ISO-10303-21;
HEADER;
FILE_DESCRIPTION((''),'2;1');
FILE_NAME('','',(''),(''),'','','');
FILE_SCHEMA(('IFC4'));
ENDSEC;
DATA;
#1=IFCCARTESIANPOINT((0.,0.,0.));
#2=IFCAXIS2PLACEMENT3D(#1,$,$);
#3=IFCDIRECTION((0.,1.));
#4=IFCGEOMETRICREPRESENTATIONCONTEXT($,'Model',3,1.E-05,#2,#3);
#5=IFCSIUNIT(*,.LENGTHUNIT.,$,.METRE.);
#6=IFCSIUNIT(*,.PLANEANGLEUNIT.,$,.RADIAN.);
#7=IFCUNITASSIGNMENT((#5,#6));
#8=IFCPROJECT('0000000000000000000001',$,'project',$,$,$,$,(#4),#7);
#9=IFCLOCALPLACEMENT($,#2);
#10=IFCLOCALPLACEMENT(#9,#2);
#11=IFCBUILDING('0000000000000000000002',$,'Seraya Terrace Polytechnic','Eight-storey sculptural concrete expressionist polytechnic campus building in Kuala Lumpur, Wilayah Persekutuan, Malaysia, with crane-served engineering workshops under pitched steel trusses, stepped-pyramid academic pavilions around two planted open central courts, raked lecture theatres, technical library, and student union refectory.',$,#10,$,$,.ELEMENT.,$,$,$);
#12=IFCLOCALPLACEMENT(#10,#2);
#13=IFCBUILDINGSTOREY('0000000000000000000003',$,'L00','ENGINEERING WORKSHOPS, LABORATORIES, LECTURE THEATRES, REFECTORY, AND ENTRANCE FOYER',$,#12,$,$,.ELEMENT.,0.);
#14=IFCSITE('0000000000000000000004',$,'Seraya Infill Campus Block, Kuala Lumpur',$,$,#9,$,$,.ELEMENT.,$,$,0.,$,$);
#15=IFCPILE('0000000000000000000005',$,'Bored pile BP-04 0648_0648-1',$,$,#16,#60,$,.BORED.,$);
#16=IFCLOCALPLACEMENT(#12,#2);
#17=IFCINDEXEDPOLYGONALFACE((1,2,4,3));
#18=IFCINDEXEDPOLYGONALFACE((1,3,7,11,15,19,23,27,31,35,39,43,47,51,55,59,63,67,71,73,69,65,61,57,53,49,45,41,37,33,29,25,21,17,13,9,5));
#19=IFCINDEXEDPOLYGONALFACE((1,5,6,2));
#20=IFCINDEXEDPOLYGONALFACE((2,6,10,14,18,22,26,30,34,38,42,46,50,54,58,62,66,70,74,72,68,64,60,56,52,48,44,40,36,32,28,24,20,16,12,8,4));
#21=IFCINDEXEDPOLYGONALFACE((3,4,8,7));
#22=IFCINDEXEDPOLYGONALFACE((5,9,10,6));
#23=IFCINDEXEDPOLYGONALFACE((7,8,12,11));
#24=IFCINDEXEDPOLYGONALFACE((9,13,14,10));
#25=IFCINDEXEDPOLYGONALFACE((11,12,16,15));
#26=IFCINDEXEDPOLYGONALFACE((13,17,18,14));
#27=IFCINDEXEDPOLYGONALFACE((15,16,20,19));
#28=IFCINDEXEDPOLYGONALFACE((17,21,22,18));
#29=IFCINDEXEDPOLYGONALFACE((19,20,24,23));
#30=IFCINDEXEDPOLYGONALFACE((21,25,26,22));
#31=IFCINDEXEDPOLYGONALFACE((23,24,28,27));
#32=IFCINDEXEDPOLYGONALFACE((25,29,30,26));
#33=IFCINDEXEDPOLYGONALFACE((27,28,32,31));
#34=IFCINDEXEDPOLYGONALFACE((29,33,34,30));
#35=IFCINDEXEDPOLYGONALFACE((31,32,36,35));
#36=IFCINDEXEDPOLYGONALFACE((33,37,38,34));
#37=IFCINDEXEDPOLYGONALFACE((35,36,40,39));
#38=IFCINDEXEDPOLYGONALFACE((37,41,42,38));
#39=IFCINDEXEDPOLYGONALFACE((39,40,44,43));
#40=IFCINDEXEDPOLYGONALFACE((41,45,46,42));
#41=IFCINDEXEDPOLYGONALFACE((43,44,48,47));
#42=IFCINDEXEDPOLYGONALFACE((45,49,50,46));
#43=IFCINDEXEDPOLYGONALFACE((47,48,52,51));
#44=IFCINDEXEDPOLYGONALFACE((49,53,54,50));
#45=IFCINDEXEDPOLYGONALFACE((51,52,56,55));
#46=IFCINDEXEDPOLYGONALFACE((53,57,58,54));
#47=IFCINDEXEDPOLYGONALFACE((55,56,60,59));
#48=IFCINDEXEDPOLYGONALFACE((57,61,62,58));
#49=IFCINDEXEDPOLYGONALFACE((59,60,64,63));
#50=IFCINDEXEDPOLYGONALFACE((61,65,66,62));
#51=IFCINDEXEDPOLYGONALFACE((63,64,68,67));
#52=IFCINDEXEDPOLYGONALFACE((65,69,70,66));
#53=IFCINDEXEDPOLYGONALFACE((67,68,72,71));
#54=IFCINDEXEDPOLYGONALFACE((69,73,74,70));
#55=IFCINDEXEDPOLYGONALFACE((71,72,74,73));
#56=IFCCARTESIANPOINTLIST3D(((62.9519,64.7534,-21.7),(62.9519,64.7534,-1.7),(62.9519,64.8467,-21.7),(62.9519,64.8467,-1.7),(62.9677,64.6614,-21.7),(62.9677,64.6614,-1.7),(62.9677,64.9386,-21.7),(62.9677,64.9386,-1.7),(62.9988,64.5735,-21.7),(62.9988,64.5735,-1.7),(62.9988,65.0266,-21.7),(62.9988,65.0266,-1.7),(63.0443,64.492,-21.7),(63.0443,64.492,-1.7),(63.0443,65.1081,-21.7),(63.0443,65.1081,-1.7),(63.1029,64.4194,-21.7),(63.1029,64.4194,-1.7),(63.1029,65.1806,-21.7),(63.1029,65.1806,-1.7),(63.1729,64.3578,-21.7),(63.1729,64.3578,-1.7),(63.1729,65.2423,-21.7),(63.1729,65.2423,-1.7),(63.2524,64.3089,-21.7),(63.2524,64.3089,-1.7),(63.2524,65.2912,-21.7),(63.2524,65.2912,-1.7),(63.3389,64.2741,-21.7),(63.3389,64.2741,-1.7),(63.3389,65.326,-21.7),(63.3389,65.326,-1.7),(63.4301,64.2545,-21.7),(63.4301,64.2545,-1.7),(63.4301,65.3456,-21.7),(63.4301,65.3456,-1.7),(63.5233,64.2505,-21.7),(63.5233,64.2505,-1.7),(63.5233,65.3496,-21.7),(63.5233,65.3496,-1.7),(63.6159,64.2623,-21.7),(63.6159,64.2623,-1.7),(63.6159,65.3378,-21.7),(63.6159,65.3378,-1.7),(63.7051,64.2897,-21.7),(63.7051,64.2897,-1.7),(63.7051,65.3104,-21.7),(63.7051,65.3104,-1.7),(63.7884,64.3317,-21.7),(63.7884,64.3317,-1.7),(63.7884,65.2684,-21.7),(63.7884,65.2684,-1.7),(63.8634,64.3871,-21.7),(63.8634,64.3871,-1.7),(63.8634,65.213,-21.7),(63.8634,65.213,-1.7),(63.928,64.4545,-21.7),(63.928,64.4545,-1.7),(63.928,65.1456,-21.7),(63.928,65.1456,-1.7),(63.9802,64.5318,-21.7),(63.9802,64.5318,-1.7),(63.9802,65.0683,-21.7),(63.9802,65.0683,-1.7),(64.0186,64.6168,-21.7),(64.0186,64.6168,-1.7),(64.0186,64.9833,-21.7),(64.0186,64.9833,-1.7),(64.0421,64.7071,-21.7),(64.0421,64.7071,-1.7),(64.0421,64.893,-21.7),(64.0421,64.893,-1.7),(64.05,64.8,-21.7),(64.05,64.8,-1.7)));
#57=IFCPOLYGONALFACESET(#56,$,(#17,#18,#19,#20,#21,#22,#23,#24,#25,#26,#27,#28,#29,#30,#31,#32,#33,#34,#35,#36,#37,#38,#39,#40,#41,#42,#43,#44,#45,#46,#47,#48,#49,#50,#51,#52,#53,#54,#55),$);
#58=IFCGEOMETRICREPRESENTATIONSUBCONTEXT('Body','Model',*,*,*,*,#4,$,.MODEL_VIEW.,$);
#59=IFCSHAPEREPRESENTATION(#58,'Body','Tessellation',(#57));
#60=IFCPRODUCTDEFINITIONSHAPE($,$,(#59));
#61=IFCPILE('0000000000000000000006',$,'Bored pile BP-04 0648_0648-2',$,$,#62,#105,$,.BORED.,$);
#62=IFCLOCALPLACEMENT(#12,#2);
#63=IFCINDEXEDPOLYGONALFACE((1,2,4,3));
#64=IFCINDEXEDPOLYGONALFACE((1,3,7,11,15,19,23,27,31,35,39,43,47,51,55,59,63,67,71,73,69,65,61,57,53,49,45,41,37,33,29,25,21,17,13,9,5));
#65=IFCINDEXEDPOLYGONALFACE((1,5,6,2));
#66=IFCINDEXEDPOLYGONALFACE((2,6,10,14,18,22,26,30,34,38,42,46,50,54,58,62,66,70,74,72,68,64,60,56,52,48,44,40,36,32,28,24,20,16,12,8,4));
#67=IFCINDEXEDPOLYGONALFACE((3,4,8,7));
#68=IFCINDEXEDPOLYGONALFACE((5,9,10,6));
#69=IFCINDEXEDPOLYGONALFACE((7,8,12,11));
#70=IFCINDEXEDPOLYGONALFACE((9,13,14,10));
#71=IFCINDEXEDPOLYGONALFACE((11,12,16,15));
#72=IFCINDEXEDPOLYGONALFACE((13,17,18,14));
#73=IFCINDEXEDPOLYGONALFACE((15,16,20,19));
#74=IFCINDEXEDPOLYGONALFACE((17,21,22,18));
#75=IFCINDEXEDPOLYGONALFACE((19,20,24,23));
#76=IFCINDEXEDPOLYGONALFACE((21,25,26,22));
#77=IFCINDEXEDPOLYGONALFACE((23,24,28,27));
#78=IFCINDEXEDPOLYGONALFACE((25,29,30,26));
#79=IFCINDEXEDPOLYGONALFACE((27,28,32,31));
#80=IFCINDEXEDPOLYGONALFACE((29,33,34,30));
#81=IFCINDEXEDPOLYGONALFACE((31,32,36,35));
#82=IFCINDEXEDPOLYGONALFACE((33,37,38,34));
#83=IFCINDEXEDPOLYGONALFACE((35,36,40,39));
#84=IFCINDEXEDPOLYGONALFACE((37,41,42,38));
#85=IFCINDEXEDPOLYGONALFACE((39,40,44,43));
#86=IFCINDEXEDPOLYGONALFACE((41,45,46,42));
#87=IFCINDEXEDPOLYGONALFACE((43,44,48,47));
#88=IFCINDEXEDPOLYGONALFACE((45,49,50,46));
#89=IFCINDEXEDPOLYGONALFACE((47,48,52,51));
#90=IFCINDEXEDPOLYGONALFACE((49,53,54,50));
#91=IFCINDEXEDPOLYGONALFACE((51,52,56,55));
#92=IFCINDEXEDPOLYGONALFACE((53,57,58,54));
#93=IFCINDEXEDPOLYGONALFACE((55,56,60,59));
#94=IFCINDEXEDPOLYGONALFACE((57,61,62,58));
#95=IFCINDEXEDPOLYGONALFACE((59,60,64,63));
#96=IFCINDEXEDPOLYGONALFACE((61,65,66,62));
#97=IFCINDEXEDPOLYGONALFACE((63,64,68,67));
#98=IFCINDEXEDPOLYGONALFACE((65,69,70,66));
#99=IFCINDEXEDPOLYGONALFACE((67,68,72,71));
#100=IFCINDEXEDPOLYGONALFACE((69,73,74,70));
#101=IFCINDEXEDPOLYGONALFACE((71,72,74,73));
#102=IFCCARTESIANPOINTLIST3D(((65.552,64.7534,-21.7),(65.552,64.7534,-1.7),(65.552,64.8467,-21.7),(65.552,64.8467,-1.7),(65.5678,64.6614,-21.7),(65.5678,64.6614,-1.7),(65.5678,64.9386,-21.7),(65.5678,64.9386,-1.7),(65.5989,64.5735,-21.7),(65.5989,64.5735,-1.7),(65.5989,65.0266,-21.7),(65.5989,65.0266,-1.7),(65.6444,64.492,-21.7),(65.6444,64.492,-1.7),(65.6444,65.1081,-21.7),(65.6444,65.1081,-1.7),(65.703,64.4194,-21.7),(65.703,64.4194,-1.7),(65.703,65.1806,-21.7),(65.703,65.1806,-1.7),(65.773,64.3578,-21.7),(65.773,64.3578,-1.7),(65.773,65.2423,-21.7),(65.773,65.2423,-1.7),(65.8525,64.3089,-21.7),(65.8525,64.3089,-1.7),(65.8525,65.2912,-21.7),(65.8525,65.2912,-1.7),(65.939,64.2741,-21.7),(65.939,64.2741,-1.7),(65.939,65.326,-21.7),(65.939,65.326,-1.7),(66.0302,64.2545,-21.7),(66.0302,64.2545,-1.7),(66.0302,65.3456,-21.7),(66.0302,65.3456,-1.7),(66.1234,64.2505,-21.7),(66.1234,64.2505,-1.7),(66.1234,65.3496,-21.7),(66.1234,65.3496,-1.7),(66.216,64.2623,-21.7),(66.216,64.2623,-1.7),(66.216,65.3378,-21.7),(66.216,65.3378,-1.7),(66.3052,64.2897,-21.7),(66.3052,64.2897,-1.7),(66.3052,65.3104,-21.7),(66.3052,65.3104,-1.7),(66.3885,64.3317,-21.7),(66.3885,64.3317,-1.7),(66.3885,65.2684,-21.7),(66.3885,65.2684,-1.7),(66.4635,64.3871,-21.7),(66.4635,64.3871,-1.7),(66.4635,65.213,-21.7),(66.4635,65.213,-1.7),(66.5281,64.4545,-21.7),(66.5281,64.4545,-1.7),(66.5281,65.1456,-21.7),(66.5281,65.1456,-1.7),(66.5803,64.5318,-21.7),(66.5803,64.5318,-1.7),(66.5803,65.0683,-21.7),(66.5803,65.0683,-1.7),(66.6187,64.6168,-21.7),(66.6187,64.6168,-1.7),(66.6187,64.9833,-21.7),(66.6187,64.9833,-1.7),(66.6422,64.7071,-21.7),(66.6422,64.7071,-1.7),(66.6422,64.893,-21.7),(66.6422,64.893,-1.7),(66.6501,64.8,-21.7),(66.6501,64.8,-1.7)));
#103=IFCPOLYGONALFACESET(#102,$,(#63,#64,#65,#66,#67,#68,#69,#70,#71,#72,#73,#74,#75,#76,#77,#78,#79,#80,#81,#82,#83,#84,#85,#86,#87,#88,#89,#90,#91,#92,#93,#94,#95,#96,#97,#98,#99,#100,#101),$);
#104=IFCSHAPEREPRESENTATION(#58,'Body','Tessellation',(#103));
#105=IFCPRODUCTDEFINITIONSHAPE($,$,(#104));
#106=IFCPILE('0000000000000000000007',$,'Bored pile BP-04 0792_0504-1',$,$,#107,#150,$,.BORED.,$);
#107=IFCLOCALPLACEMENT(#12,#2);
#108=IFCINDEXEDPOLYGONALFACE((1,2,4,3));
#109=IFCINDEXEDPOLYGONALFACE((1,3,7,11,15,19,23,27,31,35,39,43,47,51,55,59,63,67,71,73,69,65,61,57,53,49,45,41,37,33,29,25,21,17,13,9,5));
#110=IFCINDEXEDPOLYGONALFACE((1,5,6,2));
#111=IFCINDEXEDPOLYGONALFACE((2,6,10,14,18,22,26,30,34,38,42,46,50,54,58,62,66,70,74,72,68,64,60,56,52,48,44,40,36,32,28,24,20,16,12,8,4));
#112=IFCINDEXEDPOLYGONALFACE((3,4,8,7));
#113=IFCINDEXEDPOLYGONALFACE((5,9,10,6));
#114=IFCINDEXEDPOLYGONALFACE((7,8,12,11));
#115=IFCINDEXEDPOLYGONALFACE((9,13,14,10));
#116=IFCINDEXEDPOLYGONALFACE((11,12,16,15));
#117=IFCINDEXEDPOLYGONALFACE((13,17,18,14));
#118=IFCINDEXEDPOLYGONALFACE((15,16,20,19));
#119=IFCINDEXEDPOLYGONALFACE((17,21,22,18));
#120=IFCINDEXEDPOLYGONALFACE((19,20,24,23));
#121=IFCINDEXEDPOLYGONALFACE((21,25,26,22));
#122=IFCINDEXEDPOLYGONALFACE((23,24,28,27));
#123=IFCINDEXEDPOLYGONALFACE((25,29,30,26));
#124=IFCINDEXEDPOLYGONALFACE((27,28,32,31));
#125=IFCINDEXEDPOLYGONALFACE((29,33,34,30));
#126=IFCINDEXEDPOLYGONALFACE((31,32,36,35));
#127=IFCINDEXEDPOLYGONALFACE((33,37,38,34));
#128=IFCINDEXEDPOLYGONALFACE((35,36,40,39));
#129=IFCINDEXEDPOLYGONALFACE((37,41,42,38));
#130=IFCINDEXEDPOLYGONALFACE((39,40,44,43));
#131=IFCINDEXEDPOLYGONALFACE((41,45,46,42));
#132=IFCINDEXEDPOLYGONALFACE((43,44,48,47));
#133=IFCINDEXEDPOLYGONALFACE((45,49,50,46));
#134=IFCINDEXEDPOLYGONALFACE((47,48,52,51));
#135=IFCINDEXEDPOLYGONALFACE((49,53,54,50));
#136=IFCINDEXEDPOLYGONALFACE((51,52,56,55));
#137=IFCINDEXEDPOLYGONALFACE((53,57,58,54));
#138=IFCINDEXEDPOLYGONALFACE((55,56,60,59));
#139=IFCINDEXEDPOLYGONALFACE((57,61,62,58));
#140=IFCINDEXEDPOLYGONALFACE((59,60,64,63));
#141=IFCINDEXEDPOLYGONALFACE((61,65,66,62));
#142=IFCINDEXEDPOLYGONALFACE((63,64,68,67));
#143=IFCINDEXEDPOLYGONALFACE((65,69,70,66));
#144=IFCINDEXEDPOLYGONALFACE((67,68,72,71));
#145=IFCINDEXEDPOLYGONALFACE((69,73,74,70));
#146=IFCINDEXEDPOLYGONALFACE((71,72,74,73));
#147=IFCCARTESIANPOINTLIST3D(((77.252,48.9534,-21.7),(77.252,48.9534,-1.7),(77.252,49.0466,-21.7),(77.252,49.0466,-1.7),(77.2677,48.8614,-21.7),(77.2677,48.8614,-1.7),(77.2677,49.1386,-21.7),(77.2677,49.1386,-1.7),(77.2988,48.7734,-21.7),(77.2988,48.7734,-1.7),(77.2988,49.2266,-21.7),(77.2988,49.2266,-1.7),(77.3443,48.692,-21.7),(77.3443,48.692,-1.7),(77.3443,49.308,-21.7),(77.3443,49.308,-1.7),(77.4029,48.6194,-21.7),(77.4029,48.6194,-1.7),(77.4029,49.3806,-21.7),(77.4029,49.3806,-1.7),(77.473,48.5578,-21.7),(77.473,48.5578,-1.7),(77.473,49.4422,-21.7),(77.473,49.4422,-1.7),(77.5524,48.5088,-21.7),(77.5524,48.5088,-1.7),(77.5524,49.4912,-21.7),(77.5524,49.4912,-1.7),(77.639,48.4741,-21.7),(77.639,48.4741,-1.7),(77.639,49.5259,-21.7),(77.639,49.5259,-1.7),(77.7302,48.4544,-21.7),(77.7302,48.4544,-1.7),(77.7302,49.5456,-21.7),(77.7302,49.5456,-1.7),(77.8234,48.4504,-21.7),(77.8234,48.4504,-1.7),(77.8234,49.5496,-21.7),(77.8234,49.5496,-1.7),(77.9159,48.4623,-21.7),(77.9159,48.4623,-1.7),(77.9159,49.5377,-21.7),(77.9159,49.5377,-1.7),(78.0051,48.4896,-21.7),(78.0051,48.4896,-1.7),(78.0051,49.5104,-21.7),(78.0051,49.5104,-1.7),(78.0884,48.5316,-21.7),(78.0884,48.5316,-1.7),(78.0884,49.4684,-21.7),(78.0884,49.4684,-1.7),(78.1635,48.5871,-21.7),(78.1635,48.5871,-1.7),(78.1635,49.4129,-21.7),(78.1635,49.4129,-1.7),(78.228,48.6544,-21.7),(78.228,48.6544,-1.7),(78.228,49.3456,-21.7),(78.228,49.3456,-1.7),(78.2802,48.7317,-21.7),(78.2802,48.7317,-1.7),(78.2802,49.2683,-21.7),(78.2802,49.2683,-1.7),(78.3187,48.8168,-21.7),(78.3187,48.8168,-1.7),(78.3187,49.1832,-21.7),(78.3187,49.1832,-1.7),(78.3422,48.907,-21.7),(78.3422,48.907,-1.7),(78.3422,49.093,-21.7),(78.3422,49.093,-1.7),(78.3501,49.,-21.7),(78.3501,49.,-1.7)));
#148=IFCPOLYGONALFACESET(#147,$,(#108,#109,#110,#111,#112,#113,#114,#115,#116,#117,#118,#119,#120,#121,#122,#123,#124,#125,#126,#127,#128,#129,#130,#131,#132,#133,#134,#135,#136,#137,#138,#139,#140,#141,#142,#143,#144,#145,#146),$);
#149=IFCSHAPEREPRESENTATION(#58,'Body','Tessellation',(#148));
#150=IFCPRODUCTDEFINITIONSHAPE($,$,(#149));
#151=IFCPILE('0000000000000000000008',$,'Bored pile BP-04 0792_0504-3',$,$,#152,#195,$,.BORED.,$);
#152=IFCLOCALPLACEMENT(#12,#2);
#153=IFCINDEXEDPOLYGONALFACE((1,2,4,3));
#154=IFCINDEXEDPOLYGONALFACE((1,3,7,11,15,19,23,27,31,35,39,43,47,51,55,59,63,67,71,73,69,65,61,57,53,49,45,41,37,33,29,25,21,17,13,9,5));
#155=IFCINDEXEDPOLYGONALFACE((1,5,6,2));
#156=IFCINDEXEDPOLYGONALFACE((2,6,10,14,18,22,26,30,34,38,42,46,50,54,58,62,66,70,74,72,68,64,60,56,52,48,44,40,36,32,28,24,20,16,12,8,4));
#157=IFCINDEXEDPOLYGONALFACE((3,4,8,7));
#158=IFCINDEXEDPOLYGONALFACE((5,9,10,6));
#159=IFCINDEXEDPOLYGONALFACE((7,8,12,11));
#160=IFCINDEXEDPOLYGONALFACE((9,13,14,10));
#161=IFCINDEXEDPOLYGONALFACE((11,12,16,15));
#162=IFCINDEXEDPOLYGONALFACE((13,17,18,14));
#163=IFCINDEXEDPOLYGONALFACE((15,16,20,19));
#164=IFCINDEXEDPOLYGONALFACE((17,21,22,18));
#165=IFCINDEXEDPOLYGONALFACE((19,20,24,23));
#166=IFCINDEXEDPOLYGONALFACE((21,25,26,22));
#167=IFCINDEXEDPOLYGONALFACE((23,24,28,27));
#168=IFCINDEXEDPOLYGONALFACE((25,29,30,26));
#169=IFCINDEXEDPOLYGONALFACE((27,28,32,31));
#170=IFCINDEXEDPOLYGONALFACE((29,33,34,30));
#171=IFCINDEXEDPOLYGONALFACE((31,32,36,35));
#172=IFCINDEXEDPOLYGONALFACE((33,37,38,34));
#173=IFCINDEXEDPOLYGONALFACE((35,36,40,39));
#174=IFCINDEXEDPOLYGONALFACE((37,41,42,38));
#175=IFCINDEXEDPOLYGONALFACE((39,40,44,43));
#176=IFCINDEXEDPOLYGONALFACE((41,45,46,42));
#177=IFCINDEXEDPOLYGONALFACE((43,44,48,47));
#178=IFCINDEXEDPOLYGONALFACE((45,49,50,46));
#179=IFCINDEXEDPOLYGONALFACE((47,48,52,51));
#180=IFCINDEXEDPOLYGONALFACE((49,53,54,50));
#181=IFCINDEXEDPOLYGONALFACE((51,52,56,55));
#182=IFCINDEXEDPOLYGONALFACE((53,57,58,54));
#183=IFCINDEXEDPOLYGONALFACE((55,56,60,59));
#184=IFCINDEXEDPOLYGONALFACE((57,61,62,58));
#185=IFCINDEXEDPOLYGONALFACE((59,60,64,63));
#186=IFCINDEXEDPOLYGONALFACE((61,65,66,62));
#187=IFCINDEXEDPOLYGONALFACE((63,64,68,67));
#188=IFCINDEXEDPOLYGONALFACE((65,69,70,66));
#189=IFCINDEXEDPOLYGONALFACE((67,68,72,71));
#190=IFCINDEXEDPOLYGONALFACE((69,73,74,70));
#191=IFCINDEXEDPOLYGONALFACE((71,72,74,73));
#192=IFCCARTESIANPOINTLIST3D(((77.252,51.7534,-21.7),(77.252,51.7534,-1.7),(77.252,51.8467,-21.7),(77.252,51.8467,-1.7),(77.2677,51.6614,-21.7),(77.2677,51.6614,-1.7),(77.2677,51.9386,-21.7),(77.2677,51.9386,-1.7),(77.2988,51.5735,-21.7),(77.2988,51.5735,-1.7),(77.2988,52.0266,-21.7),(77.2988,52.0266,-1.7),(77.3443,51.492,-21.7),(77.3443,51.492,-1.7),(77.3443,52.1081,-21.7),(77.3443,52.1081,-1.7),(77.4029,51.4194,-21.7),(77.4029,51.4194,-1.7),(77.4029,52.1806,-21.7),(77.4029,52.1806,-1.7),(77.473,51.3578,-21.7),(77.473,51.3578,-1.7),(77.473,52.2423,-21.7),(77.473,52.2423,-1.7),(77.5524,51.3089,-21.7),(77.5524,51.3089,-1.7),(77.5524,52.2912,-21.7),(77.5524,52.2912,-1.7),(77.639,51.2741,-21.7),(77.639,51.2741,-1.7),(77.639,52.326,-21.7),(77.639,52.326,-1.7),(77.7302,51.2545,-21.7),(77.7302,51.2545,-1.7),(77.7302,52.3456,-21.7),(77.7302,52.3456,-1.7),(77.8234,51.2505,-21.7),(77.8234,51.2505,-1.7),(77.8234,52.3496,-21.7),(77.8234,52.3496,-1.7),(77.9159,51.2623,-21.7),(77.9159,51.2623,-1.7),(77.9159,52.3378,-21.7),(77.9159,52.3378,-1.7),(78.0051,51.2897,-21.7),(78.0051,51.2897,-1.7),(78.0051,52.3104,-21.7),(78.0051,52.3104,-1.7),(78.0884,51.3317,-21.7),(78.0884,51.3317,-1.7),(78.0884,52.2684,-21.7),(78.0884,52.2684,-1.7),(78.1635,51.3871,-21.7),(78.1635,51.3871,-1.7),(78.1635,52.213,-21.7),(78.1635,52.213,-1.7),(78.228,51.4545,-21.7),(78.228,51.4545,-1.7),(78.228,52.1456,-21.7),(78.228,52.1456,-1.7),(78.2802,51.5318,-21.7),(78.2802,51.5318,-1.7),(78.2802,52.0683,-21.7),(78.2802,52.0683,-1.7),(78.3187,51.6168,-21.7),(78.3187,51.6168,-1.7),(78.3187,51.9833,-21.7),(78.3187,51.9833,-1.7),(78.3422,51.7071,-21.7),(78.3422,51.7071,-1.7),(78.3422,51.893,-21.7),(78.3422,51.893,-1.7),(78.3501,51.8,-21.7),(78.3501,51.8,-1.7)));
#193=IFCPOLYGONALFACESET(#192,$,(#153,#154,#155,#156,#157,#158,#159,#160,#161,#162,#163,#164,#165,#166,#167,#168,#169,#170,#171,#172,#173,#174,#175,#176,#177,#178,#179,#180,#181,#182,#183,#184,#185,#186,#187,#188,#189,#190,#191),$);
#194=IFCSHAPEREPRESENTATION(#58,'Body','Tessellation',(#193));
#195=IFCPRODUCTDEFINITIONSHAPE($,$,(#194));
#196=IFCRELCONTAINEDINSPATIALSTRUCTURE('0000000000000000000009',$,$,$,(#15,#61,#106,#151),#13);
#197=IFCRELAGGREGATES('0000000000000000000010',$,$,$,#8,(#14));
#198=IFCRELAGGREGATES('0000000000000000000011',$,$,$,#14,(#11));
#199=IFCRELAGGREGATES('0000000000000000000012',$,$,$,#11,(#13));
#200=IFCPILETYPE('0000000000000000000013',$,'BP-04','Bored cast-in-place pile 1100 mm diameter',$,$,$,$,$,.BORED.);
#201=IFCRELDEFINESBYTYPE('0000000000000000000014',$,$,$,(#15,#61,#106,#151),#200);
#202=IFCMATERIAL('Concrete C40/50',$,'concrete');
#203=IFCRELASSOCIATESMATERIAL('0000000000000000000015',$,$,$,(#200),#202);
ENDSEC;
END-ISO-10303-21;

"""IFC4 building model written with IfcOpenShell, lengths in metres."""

from ifc_helpers import new_model, si_unit, direction, frame, origin, origin_2d, place, context, subcontext, project, spatial, circle, extrude, material, material_profile, profile_set, type_object, element, save


model = new_model("IFC4")

# Units and contexts
model_context = context("Model", 3, precision=1e-05, world=origin(), true_north=direction((0.0, 1.0)))
body_context = subcontext(model_context, "Body", "Model", "MODEL_VIEW")
ifc_project = project(units=[si_unit("LENGTHUNIT", "METRE"), si_unit("PLANEANGLEUNIT", "RADIAN")], contexts=[model_context])

# Site, building, storey
site_placement = place(None, origin())
site = spatial("IfcSite", under=ifc_project, at=site_placement, Name="Seraya Infill Campus Block, Kuala Lumpur", CompositionType="ELEMENT", RefElevation=0.0)
building_placement = place(site_placement, origin())
building = spatial("IfcBuilding", under=site, at=building_placement, Name="Seraya Terrace Polytechnic", Description="Eight-storey sculptural concrete expressionist polytechnic campus building in Kuala Lumpur, Wilayah Persekutuan, Malaysia, with crane-served engineering workshops under pitched steel trusses, stepped-pyramid academic pavilions around two planted open central courts, raked lecture theatres, technical library, and student union refectory.", CompositionType="ELEMENT")
storey_placement = place(building_placement, origin())
storey = spatial("IfcBuildingStorey", under=building, at=storey_placement, Name="L00", Description="ENGINEERING WORKSHOPS, LABORATORIES, LECTURE THEATRES, REFECTORY, AND ENTRANCE FOYER", CompositionType="ELEMENT", Elevation=0.0)

# Piles
ifc_material_1 = material(Name="Concrete C40/50", Category="concrete")
ifc_material_profile_1 = material_profile(ifc_material_1, circle(Radius=0.55, at=origin_2d()), Name="DIA 1100")
ifc_profile_set_1 = profile_set([ifc_material_profile_1], Name="Concrete C40/50")
pile_type_1 = type_object("IfcPileType", Name="BP-04", Description="Bored cast-in-place pile 1100 mm diameter", PredefinedType="BORED", material=ifc_profile_set_1)
for number, where, z_axis, x_axis, name in (
    (1, (63.5, 64.8, -1.7), (0.0, 0.0, -1.0), (1.0, 0.0, 0.0), "Bored pile BP-04 0648_0648-1"),
    (2, (66.1001, 64.8, -1.7), (0.0, 0.0, -1.0), (1.0, 0.0, 0.0), "Bored pile BP-04 0648_0648-2"),
    (3, (77.8, 49.0, -1.7), (0.0, 0.0, -1.0), (1.0, 0.0, 0.0), "Bored pile BP-04 0792_0504-1"),
    (4, (77.8, 51.8, -1.7), (0.0, 0.0, -1.0), (1.0, 0.0, 0.0), "Bored pile BP-04 0792_0504-3"),
):
    element("IfcPile", number, at=place(storey_placement, frame(where, z_axis=z_axis, x_axis=x_axis)), inside=storey, type_object=pile_type_1, Name=name, PredefinedType="BORED", context=body_context, shape_type="SweptSolid", body=[
        extrude(circle(Radius=0.55, at=origin_2d()), origin(), (0.0, 0.0, 1.0), 20.0),
    ])

save(model, "model.ifc")
